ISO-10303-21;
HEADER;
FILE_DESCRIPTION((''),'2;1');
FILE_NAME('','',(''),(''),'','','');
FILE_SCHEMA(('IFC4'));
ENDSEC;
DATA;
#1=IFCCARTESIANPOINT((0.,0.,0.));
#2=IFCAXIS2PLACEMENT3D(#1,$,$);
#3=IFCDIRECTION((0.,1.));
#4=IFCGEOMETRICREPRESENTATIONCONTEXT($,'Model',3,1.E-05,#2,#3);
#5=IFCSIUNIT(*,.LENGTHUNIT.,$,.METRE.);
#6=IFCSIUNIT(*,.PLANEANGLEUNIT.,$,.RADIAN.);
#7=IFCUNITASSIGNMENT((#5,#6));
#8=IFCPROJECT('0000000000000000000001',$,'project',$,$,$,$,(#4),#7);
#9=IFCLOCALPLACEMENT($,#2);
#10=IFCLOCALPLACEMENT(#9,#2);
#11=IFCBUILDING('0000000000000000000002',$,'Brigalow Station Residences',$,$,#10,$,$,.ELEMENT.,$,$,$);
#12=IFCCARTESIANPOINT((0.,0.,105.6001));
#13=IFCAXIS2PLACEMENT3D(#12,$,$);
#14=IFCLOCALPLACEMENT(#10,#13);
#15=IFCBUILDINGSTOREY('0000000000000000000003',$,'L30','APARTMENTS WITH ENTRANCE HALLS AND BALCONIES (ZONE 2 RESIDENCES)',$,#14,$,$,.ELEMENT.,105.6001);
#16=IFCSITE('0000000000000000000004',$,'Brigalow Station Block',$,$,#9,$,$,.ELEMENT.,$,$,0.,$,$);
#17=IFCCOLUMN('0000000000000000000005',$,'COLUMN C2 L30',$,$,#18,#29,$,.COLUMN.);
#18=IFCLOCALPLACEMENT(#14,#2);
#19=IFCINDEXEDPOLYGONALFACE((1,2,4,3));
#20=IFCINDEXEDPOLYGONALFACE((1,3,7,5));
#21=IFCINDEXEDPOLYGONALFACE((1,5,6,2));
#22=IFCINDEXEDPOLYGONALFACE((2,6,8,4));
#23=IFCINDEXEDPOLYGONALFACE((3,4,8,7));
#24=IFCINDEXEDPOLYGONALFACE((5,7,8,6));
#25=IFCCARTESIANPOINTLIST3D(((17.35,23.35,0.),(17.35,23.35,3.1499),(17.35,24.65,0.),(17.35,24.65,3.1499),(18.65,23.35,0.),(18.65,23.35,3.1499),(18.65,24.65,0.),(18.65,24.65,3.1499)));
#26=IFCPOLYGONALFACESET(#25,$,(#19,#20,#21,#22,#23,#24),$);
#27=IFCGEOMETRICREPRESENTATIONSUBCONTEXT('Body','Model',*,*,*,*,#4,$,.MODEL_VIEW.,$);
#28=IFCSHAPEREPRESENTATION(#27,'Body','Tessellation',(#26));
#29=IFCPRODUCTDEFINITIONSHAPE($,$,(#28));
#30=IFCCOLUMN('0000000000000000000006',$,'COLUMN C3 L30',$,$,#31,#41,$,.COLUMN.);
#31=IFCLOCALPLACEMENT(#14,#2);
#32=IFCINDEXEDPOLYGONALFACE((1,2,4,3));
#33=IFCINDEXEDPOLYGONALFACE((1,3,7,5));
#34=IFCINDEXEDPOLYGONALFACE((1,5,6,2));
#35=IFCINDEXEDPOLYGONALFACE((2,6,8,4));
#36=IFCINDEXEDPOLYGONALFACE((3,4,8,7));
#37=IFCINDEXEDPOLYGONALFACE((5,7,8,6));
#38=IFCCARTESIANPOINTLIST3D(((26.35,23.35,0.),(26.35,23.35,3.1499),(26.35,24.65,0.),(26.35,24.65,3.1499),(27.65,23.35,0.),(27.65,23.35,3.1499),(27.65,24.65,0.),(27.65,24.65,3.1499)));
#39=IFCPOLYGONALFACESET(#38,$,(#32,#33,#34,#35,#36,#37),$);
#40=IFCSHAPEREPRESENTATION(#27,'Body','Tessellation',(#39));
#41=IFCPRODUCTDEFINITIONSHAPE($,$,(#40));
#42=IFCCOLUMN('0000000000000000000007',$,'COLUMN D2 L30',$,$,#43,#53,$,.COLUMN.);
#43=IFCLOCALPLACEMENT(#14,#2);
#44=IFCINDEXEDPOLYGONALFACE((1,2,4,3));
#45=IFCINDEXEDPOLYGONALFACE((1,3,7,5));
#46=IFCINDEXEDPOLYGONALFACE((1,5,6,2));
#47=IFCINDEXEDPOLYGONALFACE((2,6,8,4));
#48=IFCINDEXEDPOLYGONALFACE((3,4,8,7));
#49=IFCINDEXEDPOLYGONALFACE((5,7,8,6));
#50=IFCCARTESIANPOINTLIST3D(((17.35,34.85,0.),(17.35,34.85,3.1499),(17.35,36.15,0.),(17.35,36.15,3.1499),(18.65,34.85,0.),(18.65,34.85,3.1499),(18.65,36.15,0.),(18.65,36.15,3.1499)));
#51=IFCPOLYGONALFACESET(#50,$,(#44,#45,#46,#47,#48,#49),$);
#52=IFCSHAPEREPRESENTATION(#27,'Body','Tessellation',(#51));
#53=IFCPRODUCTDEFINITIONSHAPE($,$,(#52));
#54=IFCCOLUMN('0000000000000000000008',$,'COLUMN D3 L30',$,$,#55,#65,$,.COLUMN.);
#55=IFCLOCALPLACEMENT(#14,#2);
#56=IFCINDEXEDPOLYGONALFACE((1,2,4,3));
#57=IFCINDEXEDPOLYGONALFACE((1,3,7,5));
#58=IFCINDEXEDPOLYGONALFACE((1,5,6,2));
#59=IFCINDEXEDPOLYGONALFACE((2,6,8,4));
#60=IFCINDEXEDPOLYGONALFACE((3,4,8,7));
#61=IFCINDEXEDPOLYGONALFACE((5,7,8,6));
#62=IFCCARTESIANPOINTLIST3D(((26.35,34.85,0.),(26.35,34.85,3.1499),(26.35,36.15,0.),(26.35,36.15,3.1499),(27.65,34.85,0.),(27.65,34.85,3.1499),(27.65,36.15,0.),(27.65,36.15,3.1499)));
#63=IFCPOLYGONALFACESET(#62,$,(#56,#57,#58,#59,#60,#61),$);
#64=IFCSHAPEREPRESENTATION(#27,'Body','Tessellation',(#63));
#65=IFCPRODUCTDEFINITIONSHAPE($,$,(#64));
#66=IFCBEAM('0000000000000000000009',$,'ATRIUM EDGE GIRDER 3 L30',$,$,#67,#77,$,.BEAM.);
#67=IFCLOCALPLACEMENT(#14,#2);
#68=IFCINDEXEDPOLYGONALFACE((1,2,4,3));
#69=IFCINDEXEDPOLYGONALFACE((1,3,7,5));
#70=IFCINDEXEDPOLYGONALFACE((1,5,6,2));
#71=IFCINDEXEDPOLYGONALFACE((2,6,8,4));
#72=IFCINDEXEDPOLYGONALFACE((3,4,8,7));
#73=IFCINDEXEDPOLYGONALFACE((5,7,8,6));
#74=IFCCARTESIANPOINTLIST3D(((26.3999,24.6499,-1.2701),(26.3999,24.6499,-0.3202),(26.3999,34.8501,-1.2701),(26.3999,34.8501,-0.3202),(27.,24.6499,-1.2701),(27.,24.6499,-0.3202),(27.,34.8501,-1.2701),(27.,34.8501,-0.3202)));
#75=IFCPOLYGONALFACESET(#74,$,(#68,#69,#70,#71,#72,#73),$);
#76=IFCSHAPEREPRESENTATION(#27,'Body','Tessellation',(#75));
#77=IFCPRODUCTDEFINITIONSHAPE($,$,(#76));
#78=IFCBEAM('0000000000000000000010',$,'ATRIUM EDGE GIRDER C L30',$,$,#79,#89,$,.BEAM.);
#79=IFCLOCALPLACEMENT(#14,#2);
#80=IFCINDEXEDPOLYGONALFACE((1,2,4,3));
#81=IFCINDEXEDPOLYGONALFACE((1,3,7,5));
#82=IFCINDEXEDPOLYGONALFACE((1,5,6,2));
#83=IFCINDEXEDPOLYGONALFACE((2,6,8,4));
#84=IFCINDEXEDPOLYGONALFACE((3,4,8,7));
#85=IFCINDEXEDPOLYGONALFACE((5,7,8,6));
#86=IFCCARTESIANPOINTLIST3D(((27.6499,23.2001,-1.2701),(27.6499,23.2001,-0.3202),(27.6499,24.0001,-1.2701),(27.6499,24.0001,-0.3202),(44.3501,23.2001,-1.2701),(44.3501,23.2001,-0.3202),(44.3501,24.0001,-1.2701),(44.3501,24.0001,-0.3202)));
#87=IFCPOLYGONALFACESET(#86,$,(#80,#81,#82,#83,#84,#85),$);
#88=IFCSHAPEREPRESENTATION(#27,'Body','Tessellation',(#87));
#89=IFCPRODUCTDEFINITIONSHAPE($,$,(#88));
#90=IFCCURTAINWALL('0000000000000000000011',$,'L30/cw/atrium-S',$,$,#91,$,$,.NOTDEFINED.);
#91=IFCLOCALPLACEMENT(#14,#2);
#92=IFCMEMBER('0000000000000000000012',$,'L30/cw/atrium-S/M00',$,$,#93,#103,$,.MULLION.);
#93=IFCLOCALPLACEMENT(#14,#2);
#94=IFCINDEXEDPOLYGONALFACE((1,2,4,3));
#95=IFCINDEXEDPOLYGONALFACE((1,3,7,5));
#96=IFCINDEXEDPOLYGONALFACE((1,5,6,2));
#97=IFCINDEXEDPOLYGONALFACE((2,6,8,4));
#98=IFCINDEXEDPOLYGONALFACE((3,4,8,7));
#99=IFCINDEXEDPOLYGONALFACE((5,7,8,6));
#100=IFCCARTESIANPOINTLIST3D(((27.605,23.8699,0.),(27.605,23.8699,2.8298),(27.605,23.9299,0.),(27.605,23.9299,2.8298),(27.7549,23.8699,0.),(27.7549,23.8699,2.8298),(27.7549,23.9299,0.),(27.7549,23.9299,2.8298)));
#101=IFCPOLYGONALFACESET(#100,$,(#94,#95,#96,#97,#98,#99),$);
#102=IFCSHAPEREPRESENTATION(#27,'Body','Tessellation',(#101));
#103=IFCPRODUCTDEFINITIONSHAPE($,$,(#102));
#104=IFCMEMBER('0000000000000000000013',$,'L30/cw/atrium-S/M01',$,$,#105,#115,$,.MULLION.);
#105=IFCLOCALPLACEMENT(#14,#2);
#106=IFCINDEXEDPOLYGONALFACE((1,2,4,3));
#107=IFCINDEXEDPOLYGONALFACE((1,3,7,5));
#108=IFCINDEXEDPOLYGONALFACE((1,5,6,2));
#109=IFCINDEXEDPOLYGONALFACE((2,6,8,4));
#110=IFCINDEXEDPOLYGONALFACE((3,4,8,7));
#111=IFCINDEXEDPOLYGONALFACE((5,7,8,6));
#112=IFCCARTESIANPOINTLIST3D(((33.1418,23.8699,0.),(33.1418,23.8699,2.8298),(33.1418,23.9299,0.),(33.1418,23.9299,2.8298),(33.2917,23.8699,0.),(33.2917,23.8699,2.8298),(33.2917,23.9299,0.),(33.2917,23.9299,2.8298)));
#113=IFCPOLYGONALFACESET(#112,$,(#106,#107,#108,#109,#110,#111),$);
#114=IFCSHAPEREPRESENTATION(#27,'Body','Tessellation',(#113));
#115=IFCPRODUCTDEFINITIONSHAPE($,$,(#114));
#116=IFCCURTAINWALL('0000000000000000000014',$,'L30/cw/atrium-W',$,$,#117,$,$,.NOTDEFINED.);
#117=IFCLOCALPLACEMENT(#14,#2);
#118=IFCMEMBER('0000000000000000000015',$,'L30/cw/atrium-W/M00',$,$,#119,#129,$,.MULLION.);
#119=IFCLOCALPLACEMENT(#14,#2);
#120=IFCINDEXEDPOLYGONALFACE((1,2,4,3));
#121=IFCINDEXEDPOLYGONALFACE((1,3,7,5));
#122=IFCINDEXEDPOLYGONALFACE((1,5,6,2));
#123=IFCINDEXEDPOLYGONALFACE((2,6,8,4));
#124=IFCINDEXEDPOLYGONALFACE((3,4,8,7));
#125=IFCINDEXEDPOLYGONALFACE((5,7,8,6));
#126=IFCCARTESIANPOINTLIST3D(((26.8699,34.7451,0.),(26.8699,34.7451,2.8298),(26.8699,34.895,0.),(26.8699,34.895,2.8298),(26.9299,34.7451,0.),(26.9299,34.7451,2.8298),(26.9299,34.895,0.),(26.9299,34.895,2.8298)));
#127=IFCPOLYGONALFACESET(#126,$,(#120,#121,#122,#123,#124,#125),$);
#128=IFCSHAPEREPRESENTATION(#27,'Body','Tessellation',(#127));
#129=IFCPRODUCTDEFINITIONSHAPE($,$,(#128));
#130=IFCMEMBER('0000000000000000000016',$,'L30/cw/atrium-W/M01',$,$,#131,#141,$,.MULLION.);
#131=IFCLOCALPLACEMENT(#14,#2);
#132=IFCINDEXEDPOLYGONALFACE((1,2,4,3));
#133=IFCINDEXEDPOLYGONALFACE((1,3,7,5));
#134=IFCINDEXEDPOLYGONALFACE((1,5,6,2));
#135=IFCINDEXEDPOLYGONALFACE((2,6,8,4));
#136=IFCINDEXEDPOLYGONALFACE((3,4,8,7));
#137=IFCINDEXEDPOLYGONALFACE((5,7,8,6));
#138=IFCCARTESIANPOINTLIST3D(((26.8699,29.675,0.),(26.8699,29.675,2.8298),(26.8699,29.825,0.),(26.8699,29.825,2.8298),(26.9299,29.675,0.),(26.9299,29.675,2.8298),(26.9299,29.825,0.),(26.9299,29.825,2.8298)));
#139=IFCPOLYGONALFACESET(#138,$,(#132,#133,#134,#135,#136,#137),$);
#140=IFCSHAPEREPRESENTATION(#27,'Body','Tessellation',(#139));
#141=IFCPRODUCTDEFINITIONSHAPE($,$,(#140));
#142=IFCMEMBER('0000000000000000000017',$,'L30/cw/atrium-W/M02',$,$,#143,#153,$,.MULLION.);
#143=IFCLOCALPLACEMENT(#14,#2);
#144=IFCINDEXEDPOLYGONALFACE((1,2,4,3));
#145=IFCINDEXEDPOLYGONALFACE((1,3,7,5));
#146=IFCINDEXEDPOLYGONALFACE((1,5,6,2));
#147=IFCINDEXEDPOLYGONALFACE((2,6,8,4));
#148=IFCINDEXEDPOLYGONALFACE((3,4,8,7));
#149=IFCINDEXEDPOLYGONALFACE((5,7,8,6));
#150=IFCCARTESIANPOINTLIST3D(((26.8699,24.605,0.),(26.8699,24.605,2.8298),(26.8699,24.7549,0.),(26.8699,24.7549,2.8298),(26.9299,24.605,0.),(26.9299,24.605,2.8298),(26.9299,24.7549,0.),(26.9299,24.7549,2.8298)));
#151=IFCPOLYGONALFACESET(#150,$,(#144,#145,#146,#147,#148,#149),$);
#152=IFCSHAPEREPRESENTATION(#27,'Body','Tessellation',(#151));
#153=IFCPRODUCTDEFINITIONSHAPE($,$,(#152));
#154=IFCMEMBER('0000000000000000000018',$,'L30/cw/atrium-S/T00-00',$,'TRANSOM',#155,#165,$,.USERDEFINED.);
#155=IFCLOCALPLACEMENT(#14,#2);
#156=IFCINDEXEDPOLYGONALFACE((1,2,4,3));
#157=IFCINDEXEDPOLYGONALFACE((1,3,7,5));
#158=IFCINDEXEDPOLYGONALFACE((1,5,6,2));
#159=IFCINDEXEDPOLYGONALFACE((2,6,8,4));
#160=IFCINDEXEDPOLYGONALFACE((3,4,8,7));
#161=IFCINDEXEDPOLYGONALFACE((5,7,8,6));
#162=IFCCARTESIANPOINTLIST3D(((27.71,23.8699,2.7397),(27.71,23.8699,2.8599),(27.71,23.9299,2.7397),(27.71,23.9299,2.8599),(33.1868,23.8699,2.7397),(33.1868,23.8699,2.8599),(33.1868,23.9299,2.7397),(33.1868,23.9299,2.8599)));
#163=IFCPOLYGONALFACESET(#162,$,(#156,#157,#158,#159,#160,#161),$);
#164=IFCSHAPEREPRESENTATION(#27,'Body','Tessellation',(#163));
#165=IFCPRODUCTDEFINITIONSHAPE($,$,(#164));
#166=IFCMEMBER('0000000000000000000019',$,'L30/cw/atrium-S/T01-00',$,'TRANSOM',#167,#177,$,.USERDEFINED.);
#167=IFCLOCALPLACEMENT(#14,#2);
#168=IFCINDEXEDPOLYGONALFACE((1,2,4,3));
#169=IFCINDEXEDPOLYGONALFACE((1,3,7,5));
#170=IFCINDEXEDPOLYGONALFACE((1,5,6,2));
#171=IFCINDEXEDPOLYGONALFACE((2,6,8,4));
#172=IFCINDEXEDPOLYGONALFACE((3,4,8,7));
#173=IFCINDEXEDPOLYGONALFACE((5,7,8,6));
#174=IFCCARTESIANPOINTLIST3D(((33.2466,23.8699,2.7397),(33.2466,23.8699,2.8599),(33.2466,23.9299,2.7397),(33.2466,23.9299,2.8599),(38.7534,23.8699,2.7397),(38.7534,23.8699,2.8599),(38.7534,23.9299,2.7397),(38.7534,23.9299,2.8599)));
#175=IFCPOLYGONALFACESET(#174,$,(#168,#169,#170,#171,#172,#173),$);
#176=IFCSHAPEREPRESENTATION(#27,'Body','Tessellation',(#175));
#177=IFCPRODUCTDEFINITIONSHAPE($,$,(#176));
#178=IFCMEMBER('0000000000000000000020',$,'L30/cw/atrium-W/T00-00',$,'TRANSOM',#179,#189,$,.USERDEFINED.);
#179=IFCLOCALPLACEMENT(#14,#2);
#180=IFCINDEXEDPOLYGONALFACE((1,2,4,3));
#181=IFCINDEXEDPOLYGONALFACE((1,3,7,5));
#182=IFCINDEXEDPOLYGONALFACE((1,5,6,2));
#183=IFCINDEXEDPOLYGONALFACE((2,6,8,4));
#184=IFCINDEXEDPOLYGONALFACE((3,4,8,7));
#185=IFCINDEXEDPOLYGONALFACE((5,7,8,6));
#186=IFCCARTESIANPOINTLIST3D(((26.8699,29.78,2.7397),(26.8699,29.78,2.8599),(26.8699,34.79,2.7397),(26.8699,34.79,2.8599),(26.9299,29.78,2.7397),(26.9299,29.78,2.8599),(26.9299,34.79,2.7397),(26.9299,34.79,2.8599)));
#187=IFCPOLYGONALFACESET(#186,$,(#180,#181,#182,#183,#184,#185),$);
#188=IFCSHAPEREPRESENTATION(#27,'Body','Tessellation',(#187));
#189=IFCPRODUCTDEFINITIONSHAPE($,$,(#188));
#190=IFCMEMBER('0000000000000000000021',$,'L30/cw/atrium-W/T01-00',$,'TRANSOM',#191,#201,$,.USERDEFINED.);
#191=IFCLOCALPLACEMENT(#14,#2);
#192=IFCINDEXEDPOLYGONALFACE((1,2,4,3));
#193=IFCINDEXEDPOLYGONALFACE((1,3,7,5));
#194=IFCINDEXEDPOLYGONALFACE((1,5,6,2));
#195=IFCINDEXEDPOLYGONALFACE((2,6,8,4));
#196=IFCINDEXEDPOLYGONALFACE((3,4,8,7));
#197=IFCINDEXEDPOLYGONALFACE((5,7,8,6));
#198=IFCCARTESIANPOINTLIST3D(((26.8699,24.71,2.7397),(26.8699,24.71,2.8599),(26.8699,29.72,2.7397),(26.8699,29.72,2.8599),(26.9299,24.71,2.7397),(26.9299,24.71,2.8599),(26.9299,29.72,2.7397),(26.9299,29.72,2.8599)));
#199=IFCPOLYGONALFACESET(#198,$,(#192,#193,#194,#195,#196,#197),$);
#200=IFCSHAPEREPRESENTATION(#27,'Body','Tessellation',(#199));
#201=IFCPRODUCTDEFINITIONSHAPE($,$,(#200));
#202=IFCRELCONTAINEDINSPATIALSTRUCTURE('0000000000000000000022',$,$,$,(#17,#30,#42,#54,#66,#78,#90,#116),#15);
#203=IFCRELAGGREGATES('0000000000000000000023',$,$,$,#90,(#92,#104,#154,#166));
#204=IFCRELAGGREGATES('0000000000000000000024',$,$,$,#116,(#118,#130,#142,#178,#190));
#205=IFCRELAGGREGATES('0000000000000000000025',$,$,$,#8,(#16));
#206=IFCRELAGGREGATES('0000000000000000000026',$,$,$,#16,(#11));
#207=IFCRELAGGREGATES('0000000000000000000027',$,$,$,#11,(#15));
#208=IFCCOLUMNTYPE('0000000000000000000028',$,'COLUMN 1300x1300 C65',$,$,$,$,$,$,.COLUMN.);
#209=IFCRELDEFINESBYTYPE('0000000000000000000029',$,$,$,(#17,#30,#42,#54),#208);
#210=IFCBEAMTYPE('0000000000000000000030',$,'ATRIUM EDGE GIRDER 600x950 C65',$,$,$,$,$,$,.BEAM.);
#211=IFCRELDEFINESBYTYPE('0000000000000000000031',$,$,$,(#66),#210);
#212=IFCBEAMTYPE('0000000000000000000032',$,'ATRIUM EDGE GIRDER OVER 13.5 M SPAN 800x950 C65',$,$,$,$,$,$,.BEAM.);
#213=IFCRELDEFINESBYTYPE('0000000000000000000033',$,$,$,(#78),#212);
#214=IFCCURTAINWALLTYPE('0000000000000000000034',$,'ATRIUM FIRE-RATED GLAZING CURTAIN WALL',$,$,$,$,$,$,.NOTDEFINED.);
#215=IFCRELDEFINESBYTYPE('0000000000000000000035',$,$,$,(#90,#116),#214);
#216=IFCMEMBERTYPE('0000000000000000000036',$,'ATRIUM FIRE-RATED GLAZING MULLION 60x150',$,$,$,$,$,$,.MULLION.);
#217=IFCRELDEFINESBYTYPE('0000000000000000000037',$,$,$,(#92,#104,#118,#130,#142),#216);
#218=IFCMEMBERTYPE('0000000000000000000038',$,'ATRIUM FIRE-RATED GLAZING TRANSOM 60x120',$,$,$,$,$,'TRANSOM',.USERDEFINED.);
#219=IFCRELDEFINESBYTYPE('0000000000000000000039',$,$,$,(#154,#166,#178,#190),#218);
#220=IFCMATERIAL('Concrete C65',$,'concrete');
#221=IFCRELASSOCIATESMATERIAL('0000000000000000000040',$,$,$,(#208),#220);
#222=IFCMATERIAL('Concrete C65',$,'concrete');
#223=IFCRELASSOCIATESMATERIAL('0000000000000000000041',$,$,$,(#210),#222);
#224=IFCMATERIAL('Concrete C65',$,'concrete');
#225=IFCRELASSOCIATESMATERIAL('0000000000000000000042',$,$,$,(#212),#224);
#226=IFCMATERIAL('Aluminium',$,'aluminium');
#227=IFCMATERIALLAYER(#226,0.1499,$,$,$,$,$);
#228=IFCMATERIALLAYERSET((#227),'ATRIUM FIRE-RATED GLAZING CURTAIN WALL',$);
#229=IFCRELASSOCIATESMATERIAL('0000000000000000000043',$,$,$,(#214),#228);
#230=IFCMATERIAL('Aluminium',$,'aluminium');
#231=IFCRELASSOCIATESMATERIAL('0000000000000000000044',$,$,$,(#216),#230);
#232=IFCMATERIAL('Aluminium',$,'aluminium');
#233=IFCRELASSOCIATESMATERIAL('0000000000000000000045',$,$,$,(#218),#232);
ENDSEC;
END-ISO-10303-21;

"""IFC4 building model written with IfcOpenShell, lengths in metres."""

from ifc_helpers import new_model, si_unit, direction, frame, origin, origin_2d, place, context, subcontext, project, spatial, rectangle, extrude, material, layer, layer_set, material_profile, profile_set, type_object, element, aggregate, save


model = new_model("IFC4")

# Units and contexts
model_context = context("Model", 3, precision=1e-05, world=origin(), true_north=direction((0.0, 1.0)))
body_context = subcontext(model_context, "Body", "Model", "MODEL_VIEW")
ifc_project = project(units=[si_unit("LENGTHUNIT", "METRE"), si_unit("PLANEANGLEUNIT", "RADIAN")], contexts=[model_context])

# Site, building, storey
site_placement = place(None, origin())
site = spatial("IfcSite", under=ifc_project, at=site_placement, Name="Brigalow Station Block", CompositionType="ELEMENT", RefElevation=0.0)
building_placement = place(site_placement, origin())
building = spatial("IfcBuilding", under=site, at=building_placement, Name="Brigalow Station Residences", CompositionType="ELEMENT")
storey_placement = place(building_placement, frame((0.0, 0.0, 105.6001)))
storey = spatial("IfcBuildingStorey", under=building, at=storey_placement, Name="L30", Description="APARTMENTS WITH ENTRANCE HALLS AND BALCONIES (ZONE 2 RESIDENCES)", CompositionType="ELEMENT", Elevation=105.6001)

# Columns
ifc_material_1 = material(Name="Concrete C65", Category="concrete")
ifc_material_profile_1 = material_profile(ifc_material_1, rectangle(XDim=1.3, YDim=1.3, at=origin_2d()), Name="RC1300x1300")
ifc_profile_set_1 = profile_set([ifc_material_profile_1], Name="Concrete C65")
column_type = type_object("IfcColumnType", Name="COLUMN 1300x1300 C65", PredefinedType="COLUMN", material=ifc_profile_set_1)
for number, where, z_axis, x_axis, name in (
    (1, (18.0, 24.0, 0.0), (0.0, 0.0, 1.0), (1.0, 0.0, 0.0), "COLUMN C2 L30"),
    (2, (27.0, 24.0, 0.0), (0.0, 0.0, 1.0), (1.0, 0.0, 0.0), "COLUMN C3 L30"),
    (3, (18.0, 35.5, 0.0), (0.0, 0.0, 1.0), (1.0, 0.0, 0.0), "COLUMN D2 L30"),
    (4, (27.0, 35.5, 0.0), (0.0, 0.0, 1.0), (1.0, 0.0, 0.0), "COLUMN D3 L30"),
):
    element("IfcColumn", number, at=place(storey_placement, frame(where, z_axis=z_axis, x_axis=x_axis)), inside=storey, type_object=column_type, Name=name, PredefinedType="COLUMN", context=body_context, shape_type="SweptSolid", body=[
        extrude(rectangle(XDim=1.3, YDim=1.3, at=origin_2d()), origin(), (0.0, 0.0, 1.0), 3.1499),
    ])

# Beams
ifc_material_2 = material(Name="Concrete C65", Category="concrete")
ifc_material_profile_2 = material_profile(ifc_material_2, rectangle(XDim=0.6001, YDim=0.95, at=origin_2d()), Name="RC600x950")
ifc_profile_set_2 = profile_set([ifc_material_profile_2], Name="Concrete C65")
beam_type_1 = type_object("IfcBeamType", Name="ATRIUM EDGE GIRDER 600x950 C65", PredefinedType="BEAM", material=ifc_profile_set_2)
beam_1_placement = place(storey_placement, frame((26.7, 24.6499, -0.7952), z_axis=(0.0, 1.0, 0.0), x_axis=(-1.0, 0.0, 0.0)))
element("IfcBeam", 5, at=beam_1_placement, inside=storey, type_object=beam_type_1, Name="ATRIUM EDGE GIRDER 3 L30", PredefinedType="BEAM", context=body_context, shape_type="SweptSolid", body=[
    extrude(rectangle(XDim=0.6001, YDim=0.95, at=origin_2d()), origin(), (0.0, 0.0, 1.0), 10.2002),
])
ifc_material_3 = material(Name="Concrete C65", Category="concrete")
ifc_material_profile_3 = material_profile(ifc_material_3, rectangle(XDim=0.8, YDim=0.95, at=origin_2d()), Name="RC800x950")
ifc_profile_set_3 = profile_set([ifc_material_profile_3], Name="Concrete C65")
beam_type_2 = type_object("IfcBeamType", Name="ATRIUM EDGE GIRDER OVER 13.5 M SPAN 800x950 C65", PredefinedType="BEAM", material=ifc_profile_set_3)
beam_2_placement = place(storey_placement, frame((27.6499, 23.6001, -0.7952), z_axis=(1.0, 0.0, 0.0), x_axis=(0.0, 1.0, 0.0)))
element("IfcBeam", 6, at=beam_2_placement, inside=storey, type_object=beam_type_2, Name="ATRIUM EDGE GIRDER C L30", PredefinedType="BEAM", context=body_context, shape_type="SweptSolid", body=[
    extrude(rectangle(XDim=0.8, YDim=0.95, at=origin_2d()), origin(), (0.0, 0.0, 1.0), 16.7002),
])

# Curtain walls, members
ifc_material_4 = material(Name="Aluminium", Category="aluminium")
ifc_layer_1 = layer(ifc_material_4, 0.1499)
ifc_layer_set_1 = layer_set([ifc_layer_1], Name="ATRIUM FIRE-RATED GLAZING CURTAIN WALL")
curtain_wall_type = type_object("IfcCurtainWallType", Name="ATRIUM FIRE-RATED GLAZING CURTAIN WALL", PredefinedType="NOTDEFINED", material=ifc_layer_set_1)
curtain_wall_1_placement = place(storey_placement, origin())
curtain_wall_1 = element("IfcCurtainWall", 7, at=curtain_wall_1_placement, inside=storey, type_object=curtain_wall_type, Name="L30/cw/atrium-S", PredefinedType="NOTDEFINED")
ifc_material_5 = material(Name="Aluminium", Category="aluminium")
ifc_material_profile_4 = material_profile(ifc_material_5, rectangle(XDim=0.0601, YDim=0.1499, at=origin_2d()), Name="ATRIUM FIRE-RATED GLAZING MULLION 60x150")
ifc_profile_set_4 = profile_set([ifc_material_profile_4], Name="Aluminium")
member_type_1 = type_object("IfcMemberType", Name="ATRIUM FIRE-RATED GLAZING MULLION 60x150", PredefinedType="MULLION", material=ifc_profile_set_4)
member_1_placement = place(storey_placement, frame((27.6799, 23.8999, 0.0), z_axis=(0.0, 0.0, 1.0), x_axis=(0.0, 1.0, 0.0)))
member_1 = element("IfcMember", 8, at=member_1_placement, type_object=member_type_1, Name="L30/cw/atrium-S/M00", PredefinedType="MULLION", context=body_context, shape_type="SweptSolid", body=[
    extrude(rectangle(XDim=0.0601, YDim=0.1499, at=origin_2d()), origin(), (0.0, 0.0, 1.0), 2.8298),
])
member_2_placement = place(storey_placement, frame((33.2168, 23.8999, 0.0), z_axis=(0.0, 0.0, 1.0), x_axis=(0.0, 1.0, 0.0)))
member_2 = element("IfcMember", 9, at=member_2_placement, type_object=member_type_1, Name="L30/cw/atrium-S/M01", PredefinedType="MULLION", context=body_context, shape_type="SweptSolid", body=[
    extrude(rectangle(XDim=0.0601, YDim=0.1499, at=origin_2d()), origin(), (0.0, 0.0, 1.0), 2.8298),
])
curtain_wall_2_placement = place(storey_placement, origin())
curtain_wall_2 = element("IfcCurtainWall", 10, at=curtain_wall_2_placement, inside=storey, type_object=curtain_wall_type, Name="L30/cw/atrium-W", PredefinedType="NOTDEFINED")
member_3_placement = place(storey_placement, frame((26.8999, 34.8201, 0.0), z_axis=(0.0, 0.0, 1.0), x_axis=(1.0, 0.0, 0.0)))
member_3 = element("IfcMember", 11, at=member_3_placement, type_object=member_type_1, Name="L30/cw/atrium-W/M00", PredefinedType="MULLION", context=body_context, shape_type="SweptSolid", body=[
    extrude(rectangle(XDim=0.0601, YDim=0.1499, at=origin_2d()), origin(), (0.0, 0.0, 1.0), 2.8298),
])
member_4_placement = place(storey_placement, frame((26.8999, 29.75, 0.0), z_axis=(0.0, 0.0, 1.0), x_axis=(1.0, 0.0, 0.0)))
member_4 = element("IfcMember", 12, at=member_4_placement, type_object=member_type_1, Name="L30/cw/atrium-W/M01", PredefinedType="MULLION", context=body_context, shape_type="SweptSolid", body=[
    extrude(rectangle(XDim=0.0601, YDim=0.1499, at=origin_2d()), origin(), (0.0, 0.0, 1.0), 2.8298),
])
member_5_placement = place(storey_placement, frame((26.8999, 24.6799, 0.0), z_axis=(0.0, 0.0, 1.0), x_axis=(1.0, 0.0, 0.0)))
member_5 = element("IfcMember", 13, at=member_5_placement, type_object=member_type_1, Name="L30/cw/atrium-W/M02", PredefinedType="MULLION", context=body_context, shape_type="SweptSolid", body=[
    extrude(rectangle(XDim=0.0601, YDim=0.1499, at=origin_2d()), origin(), (0.0, 0.0, 1.0), 2.8298),
])

# Members
ifc_material_6 = material(Name="Aluminium", Category="aluminium")
ifc_material_profile_5 = material_profile(ifc_material_6, rectangle(XDim=0.0601, YDim=0.1201, at=origin_2d()), Name="ATRIUM FIRE-RATED GLAZING TRANSOM 60x120")
ifc_profile_set_5 = profile_set([ifc_material_profile_5], Name="Aluminium")
member_type_2 = type_object("IfcMemberType", Name="ATRIUM FIRE-RATED GLAZING TRANSOM 60x120", ElementType="TRANSOM", PredefinedType="USERDEFINED", material=ifc_profile_set_5)
member_6_placement = place(storey_placement, frame((27.71, 23.8999, 2.7998), z_axis=(1.0, 0.0, 0.0), x_axis=(0.0, 1.0, 0.0)))
member_6 = element("IfcMember", 14, at=member_6_placement, type_object=member_type_2, Name="L30/cw/atrium-S/T00-00", ObjectType="TRANSOM", PredefinedType="USERDEFINED", context=body_context, shape_type="SweptSolid", body=[
    extrude(rectangle(XDim=0.0601, YDim=0.1201, at=origin_2d()), origin(), (0.0, 0.0, 1.0), 5.4768),
])
member_7_placement = place(storey_placement, frame((33.2466, 23.8999, 2.7998), z_axis=(1.0, 0.0, 0.0), x_axis=(0.0, 1.0, 0.0)))
member_7 = element("IfcMember", 15, at=member_7_placement, type_object=member_type_2, Name="L30/cw/atrium-S/T01-00", ObjectType="TRANSOM", PredefinedType="USERDEFINED", context=body_context, shape_type="SweptSolid", body=[
    extrude(rectangle(XDim=0.0601, YDim=0.1201, at=origin_2d()), origin(), (0.0, 0.0, 1.0), 5.5068),
])
member_8_placement = place(storey_placement, frame((26.8999, 34.79, 2.7998), z_axis=(0.0, -1.0, 0.0), x_axis=(1.0, 0.0, 0.0)))
member_8 = element("IfcMember", 16, at=member_8_placement, type_object=member_type_2, Name="L30/cw/atrium-W/T00-00", ObjectType="TRANSOM", PredefinedType="USERDEFINED", context=body_context, shape_type="SweptSolid", body=[
    extrude(rectangle(XDim=0.0601, YDim=0.1201, at=origin_2d()), origin(), (0.0, 0.0, 1.0), 5.01),
])
member_9_placement = place(storey_placement, frame((26.8999, 29.72, 2.7998), z_axis=(0.0, -1.0, 0.0), x_axis=(1.0, 0.0, 0.0)))
member_9 = element("IfcMember", 17, at=member_9_placement, type_object=member_type_2, Name="L30/cw/atrium-W/T01-00", ObjectType="TRANSOM", PredefinedType="USERDEFINED", context=body_context, shape_type="SweptSolid", body=[
    extrude(rectangle(XDim=0.0601, YDim=0.1201, at=origin_2d()), origin(), (0.0, 0.0, 1.0), 5.01),
])

aggregate(curtain_wall_1, [member_1, member_2, member_6, member_7])
aggregate(curtain_wall_2, [member_3, member_4, member_5, member_8, member_9])

save(model, "model.ifc")
